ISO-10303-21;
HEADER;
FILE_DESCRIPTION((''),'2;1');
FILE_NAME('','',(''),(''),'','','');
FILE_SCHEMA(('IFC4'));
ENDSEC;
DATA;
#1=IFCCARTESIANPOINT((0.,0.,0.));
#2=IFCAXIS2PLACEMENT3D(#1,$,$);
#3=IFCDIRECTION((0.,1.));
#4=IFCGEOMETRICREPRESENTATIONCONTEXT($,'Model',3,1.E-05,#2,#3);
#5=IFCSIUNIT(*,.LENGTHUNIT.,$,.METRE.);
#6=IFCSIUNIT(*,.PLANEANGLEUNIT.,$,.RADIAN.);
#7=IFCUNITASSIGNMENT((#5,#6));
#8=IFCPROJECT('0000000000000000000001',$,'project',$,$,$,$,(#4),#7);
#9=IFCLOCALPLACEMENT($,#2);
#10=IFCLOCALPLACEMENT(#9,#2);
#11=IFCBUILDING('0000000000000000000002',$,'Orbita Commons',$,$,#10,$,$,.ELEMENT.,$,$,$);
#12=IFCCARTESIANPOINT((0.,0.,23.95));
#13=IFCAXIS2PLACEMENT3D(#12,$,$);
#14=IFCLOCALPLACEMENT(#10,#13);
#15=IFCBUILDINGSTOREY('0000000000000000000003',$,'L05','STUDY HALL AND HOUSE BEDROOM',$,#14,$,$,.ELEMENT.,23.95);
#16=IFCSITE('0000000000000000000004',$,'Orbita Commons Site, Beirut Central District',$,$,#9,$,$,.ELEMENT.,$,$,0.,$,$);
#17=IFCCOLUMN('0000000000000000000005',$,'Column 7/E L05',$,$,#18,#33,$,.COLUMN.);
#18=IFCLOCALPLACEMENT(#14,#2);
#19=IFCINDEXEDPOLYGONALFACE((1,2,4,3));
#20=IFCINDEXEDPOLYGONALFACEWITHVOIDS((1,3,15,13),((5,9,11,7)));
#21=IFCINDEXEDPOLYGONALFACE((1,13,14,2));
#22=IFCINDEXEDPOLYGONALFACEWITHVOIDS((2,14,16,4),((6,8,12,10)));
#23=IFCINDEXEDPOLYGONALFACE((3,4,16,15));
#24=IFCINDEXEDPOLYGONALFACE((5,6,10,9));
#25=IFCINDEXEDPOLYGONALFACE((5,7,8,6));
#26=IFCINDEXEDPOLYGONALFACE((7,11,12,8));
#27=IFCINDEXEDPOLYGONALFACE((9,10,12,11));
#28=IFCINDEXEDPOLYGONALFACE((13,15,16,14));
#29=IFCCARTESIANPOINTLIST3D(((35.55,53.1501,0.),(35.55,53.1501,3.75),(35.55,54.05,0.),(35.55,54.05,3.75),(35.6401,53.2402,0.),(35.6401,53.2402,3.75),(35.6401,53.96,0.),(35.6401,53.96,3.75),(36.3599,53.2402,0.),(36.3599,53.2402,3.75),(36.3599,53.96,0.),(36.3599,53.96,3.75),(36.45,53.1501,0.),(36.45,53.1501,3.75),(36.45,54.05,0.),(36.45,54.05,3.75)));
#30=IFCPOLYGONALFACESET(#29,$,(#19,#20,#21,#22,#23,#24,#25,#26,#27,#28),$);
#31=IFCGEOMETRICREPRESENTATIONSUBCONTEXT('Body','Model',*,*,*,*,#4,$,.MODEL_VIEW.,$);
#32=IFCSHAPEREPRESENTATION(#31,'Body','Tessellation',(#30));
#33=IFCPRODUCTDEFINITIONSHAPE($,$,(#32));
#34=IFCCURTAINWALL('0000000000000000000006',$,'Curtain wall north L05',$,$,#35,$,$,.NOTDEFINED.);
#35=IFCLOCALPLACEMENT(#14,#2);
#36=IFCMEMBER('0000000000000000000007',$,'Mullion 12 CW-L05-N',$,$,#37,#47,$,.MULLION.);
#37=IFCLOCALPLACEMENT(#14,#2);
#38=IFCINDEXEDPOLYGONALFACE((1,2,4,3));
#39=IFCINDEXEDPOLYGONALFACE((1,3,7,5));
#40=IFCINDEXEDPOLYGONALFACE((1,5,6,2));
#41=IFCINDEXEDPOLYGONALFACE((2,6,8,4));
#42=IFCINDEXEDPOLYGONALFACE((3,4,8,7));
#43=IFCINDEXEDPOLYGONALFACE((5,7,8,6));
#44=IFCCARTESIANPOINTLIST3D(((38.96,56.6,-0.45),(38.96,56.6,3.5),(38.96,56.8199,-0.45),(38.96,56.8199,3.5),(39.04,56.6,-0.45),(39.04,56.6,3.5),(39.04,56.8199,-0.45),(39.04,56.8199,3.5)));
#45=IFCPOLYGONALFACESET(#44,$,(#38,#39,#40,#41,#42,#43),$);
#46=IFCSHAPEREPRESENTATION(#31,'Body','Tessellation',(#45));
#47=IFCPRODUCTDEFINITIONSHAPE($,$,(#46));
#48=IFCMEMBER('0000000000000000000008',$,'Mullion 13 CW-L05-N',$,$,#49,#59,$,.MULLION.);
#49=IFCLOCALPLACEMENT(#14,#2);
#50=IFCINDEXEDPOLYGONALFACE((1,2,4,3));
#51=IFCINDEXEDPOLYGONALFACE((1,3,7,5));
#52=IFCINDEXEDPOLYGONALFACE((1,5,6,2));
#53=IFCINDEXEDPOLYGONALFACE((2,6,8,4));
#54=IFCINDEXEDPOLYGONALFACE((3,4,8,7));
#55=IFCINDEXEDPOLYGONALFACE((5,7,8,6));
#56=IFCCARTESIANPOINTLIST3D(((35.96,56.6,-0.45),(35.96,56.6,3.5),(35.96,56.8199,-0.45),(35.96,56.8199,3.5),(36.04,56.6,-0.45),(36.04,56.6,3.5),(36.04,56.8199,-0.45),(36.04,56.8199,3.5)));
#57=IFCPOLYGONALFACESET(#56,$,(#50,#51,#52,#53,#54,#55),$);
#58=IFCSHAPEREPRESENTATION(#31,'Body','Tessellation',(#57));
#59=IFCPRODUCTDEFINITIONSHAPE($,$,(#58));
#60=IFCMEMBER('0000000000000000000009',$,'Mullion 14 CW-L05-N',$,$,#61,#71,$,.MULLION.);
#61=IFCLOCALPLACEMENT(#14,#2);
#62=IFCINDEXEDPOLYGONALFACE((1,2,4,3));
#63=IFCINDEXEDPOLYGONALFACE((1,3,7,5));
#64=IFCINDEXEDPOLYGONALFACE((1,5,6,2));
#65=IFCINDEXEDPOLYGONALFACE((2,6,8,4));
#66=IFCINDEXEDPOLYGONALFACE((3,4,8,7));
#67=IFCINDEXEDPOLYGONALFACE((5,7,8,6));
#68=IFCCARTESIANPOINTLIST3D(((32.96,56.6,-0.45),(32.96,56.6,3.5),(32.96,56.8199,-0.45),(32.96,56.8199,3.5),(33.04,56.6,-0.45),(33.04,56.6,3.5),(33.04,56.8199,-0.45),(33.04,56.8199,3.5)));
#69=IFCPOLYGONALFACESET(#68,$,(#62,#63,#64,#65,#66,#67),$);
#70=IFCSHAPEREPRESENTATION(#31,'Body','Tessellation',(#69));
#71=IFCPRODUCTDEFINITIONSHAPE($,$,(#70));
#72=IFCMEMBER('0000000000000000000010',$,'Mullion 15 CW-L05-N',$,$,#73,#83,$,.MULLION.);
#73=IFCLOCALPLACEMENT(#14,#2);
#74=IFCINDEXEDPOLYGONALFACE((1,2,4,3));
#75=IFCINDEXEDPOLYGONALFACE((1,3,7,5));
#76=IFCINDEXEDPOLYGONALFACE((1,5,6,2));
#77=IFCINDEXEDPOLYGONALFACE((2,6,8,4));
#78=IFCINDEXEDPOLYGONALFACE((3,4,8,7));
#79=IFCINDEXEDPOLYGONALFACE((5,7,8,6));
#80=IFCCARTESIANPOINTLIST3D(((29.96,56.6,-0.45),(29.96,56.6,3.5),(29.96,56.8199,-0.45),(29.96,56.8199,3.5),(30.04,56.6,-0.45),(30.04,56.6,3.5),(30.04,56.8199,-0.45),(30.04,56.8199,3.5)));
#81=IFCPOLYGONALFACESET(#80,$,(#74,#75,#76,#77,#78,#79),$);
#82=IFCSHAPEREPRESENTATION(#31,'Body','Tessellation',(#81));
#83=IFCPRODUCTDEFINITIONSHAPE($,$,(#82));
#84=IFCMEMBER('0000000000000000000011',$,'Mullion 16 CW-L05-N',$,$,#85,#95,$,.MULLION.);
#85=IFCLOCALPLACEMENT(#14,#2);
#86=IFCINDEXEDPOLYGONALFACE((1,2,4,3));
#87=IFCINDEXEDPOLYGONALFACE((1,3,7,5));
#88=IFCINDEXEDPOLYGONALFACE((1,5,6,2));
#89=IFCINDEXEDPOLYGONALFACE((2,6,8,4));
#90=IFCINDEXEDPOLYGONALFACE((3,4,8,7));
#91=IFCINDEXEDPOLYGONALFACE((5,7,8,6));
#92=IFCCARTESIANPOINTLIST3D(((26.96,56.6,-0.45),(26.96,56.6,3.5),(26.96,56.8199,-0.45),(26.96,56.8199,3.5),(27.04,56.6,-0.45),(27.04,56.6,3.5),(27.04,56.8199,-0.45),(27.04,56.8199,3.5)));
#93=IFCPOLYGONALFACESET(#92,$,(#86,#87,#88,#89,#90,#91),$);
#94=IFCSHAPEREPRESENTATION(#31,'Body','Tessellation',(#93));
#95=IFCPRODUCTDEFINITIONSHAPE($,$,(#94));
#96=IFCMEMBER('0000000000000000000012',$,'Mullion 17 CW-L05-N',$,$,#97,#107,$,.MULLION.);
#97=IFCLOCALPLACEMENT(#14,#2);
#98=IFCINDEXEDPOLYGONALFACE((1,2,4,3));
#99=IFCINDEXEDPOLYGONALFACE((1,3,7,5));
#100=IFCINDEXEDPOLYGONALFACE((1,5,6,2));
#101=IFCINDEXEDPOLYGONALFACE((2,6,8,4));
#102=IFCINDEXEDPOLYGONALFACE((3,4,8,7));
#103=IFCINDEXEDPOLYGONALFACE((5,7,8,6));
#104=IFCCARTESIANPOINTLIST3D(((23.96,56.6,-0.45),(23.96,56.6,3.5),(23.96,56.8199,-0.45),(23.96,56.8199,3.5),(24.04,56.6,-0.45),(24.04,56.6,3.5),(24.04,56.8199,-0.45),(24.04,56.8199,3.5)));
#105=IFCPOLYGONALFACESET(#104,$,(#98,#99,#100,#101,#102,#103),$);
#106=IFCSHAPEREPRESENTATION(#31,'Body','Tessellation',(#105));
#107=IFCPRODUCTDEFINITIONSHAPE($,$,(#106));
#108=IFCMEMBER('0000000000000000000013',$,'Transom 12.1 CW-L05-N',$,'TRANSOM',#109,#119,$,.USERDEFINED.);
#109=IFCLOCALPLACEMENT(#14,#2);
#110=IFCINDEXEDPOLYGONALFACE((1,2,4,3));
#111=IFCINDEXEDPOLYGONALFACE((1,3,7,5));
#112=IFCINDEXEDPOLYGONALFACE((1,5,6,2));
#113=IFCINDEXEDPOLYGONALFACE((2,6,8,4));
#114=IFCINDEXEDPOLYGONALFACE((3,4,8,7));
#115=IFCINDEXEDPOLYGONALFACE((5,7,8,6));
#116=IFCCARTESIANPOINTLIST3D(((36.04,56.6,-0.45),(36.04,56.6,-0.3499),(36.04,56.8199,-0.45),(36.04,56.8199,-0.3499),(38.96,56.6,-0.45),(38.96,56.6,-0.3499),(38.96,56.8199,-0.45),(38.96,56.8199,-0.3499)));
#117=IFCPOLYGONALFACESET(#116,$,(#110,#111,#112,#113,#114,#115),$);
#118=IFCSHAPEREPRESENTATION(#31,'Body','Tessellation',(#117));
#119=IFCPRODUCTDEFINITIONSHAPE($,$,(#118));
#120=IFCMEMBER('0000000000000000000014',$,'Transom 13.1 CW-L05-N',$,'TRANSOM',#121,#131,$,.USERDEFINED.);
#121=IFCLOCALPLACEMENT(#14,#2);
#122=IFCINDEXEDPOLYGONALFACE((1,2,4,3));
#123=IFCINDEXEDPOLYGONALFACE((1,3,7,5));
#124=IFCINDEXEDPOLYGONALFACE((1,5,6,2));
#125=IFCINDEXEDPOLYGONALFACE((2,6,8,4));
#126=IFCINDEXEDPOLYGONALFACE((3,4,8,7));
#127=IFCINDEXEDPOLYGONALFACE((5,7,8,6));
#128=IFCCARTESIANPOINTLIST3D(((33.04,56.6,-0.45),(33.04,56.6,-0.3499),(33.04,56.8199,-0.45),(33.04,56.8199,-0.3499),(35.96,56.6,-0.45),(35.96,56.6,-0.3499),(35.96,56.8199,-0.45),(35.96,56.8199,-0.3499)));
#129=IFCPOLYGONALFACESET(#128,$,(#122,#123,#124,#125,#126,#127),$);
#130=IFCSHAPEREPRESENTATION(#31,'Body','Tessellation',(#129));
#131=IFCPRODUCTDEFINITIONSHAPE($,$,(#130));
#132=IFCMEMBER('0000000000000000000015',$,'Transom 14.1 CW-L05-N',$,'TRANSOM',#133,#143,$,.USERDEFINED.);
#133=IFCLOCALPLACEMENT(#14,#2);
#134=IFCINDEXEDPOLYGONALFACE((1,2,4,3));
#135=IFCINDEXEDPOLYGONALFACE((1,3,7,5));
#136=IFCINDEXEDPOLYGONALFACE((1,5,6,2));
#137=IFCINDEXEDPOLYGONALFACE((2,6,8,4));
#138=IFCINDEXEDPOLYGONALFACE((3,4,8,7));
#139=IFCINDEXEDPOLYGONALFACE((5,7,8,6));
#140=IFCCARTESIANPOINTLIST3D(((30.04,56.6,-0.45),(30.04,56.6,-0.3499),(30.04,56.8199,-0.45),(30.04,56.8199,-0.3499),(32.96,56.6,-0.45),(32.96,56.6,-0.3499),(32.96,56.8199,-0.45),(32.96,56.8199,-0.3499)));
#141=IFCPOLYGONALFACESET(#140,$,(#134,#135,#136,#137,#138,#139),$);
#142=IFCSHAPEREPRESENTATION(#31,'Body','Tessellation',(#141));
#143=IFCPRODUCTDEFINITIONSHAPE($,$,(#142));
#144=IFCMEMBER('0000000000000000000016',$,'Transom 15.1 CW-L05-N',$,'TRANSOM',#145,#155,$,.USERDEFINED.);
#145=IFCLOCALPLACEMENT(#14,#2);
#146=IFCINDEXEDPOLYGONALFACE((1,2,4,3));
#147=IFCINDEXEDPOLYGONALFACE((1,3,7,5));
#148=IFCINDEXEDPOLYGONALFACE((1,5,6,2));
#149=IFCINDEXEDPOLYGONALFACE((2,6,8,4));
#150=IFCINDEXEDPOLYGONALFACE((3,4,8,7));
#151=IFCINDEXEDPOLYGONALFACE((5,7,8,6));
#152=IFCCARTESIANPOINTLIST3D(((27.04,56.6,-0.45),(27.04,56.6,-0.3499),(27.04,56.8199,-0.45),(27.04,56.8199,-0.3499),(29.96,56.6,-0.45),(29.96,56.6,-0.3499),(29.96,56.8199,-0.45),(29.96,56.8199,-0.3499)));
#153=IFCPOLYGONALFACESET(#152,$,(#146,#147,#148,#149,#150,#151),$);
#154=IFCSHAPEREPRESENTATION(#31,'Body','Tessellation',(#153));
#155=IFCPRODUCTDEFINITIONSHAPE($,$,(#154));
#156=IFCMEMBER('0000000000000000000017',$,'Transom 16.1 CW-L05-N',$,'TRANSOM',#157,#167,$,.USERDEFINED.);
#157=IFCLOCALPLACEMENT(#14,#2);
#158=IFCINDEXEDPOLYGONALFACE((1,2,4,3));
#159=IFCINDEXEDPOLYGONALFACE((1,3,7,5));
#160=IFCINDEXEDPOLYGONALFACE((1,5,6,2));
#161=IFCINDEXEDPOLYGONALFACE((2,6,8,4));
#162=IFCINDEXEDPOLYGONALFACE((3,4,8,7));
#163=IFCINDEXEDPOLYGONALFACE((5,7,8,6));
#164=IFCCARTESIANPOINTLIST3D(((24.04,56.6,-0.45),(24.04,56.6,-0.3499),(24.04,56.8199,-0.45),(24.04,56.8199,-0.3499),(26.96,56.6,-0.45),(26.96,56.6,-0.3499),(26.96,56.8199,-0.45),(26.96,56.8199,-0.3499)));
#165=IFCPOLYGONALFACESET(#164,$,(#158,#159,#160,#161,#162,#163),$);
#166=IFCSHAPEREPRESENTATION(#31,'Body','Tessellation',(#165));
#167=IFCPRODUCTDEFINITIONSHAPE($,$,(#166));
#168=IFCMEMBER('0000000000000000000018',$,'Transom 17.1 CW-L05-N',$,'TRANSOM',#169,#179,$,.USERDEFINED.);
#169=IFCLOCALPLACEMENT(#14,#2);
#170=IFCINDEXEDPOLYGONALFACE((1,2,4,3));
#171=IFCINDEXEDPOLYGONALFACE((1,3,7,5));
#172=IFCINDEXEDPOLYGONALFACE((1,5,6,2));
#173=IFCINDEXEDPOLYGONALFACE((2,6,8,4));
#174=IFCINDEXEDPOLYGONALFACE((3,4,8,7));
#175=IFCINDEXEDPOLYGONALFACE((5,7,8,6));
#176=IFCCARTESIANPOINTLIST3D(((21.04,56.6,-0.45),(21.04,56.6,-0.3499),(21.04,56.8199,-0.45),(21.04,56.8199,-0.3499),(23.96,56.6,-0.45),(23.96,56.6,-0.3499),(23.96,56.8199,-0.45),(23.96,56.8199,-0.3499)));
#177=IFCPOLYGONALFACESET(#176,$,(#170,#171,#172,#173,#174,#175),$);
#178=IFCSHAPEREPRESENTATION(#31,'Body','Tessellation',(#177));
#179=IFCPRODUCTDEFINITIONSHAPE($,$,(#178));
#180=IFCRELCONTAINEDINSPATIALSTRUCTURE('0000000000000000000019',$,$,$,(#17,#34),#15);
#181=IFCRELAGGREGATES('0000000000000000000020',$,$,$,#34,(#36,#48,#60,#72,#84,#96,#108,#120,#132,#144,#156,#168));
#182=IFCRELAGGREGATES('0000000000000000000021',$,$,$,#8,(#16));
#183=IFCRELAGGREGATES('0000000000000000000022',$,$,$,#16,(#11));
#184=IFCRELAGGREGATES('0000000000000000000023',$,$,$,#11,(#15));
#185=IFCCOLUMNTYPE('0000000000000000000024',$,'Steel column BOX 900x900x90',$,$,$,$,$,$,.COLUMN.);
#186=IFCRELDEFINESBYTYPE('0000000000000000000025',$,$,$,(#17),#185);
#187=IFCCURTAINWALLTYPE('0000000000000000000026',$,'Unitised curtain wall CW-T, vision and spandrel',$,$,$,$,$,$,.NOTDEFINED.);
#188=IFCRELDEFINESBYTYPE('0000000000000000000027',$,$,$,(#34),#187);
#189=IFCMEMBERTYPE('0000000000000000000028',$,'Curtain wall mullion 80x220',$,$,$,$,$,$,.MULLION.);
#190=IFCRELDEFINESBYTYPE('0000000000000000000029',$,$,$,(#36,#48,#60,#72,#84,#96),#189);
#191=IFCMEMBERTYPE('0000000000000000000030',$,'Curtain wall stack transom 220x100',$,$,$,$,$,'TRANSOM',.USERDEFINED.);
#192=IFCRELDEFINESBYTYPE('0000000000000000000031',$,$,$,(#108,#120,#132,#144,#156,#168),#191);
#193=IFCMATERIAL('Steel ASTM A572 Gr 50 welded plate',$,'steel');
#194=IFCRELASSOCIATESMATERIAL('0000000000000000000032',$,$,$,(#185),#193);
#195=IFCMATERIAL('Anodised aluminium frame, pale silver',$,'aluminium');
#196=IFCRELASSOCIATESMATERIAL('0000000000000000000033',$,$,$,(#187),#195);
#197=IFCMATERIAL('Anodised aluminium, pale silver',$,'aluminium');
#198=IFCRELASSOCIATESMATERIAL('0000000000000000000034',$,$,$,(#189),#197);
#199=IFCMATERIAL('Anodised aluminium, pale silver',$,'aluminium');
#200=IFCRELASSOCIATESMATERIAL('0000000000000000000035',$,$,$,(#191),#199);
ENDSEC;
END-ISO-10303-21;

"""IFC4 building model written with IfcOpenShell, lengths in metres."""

from ifc_helpers import new_model, si_unit, direction, frame, origin, origin_2d, place, context, subcontext, project, spatial, rectangle, hollow_rectangle, extrude, material, material_profile, profile_set, type_object, element, aggregate, save


model = new_model("IFC4")

# Units and contexts
model_context = context("Model", 3, precision=1e-05, world=origin(), true_north=direction((0.0, 1.0)))
body_context = subcontext(model_context, "Body", "Model", "MODEL_VIEW")
ifc_project = project(units=[si_unit("LENGTHUNIT", "METRE"), si_unit("PLANEANGLEUNIT", "RADIAN")], contexts=[model_context])

# Site, building, storey
site_placement = place(None, origin())
site = spatial("IfcSite", under=ifc_project, at=site_placement, Name="Orbita Commons Site, Beirut Central District", CompositionType="ELEMENT", RefElevation=0.0)
building_placement = place(site_placement, origin())
building = spatial("IfcBuilding", under=site, at=building_placement, Name="Orbita Commons", CompositionType="ELEMENT")
storey_placement = place(building_placement, frame((0.0, 0.0, 23.95)))
storey = spatial("IfcBuildingStorey", under=building, at=storey_placement, Name="L05", Description="STUDY HALL AND HOUSE BEDROOM", CompositionType="ELEMENT", Elevation=23.95)

# Column
ifc_material_1 = material(Name="Steel ASTM A572 Gr 50 welded plate", Category="steel")
ifc_material_profile_1 = material_profile(ifc_material_1, hollow_rectangle(XDim=0.8999, YDim=0.8999, WallThickness=0.0901, at=origin_2d()), Name="BOX 900x900x90")
ifc_profile_set_1 = profile_set([ifc_material_profile_1], Name="Steel ASTM A572 Gr 50 welded plate")
column_type = type_object("IfcColumnType", Name="Steel column BOX 900x900x90", PredefinedType="COLUMN", material=ifc_profile_set_1)
column_placement = place(storey_placement, frame((36.0, 53.6001, 0.0), z_axis=(0.0, 0.0, 1.0), x_axis=(1.0, 0.0, 0.0)))
element("IfcColumn", 1, at=column_placement, inside=storey, type_object=column_type, Name="Column 7/E L05", PredefinedType="COLUMN", context=body_context, shape_type="SweptSolid", body=[
    extrude(hollow_rectangle(XDim=0.8999, YDim=0.8999, WallThickness=0.0901, at=origin_2d()), origin(), (0.0, 0.0, 1.0), 3.75),
])

# Curtain wall, members
ifc_material_2 = material(Name="Anodised aluminium frame, pale silver", Category="aluminium")
curtain_wall_type = type_object("IfcCurtainWallType", Name="Unitised curtain wall CW-T, vision and spandrel", PredefinedType="NOTDEFINED", material=ifc_material_2)
curtain_wall_placement = place(storey_placement, origin())
curtain_wall = element("IfcCurtainWall", 2, at=curtain_wall_placement, inside=storey, type_object=curtain_wall_type, Name="Curtain wall north L05", PredefinedType="NOTDEFINED")
ifc_material_3 = material(Name="Anodised aluminium, pale silver", Category="aluminium")
ifc_material_profile_2 = material_profile(ifc_material_3, rectangle(XDim=0.0801, YDim=0.22, at=origin_2d()), Name="AL 80x220")
ifc_profile_set_2 = profile_set([ifc_material_profile_2], Name="Anodised aluminium, pale silver")
member_type_1 = type_object("IfcMemberType", Name="Curtain wall mullion 80x220", PredefinedType="MULLION", material=ifc_profile_set_2)
member_1_placement = place(storey_placement, frame((39.0, 56.71, -0.45), z_axis=(0.0, 0.0, 1.0), x_axis=(-1.0, 0.0, 0.0)))
member_1 = element("IfcMember", 3, at=member_1_placement, type_object=member_type_1, Name="Mullion 12 CW-L05-N", PredefinedType="MULLION", context=body_context, shape_type="SweptSolid", body=[
    extrude(rectangle(XDim=0.0801, YDim=0.22, at=origin_2d()), origin(), (0.0, 0.0, 1.0), 3.95),
])
member_2_placement = place(storey_placement, frame((36.0, 56.71, -0.45), z_axis=(0.0, 0.0, 1.0), x_axis=(-1.0, 0.0, 0.0)))
member_2 = element("IfcMember", 4, at=member_2_placement, type_object=member_type_1, Name="Mullion 13 CW-L05-N", PredefinedType="MULLION", context=body_context, shape_type="SweptSolid", body=[
    extrude(rectangle(XDim=0.0801, YDim=0.22, at=origin_2d()), origin(), (0.0, 0.0, 1.0), 3.95),
])
member_3_placement = place(storey_placement, frame((33.0, 56.71, -0.45), z_axis=(0.0, 0.0, 1.0), x_axis=(-1.0, 0.0, 0.0)))
member_3 = element("IfcMember", 5, at=member_3_placement, type_object=member_type_1, Name="Mullion 14 CW-L05-N", PredefinedType="MULLION", context=body_context, shape_type="SweptSolid", body=[
    extrude(rectangle(XDim=0.0801, YDim=0.22, at=origin_2d()), origin(), (0.0, 0.0, 1.0), 3.95),
])
member_4_placement = place(storey_placement, frame((30.0, 56.71, -0.45), z_axis=(0.0, 0.0, 1.0), x_axis=(-1.0, 0.0, 0.0)))
member_4 = element("IfcMember", 6, at=member_4_placement, type_object=member_type_1, Name="Mullion 15 CW-L05-N", PredefinedType="MULLION", context=body_context, shape_type="SweptSolid", body=[
    extrude(rectangle(XDim=0.0801, YDim=0.22, at=origin_2d()), origin(), (0.0, 0.0, 1.0), 3.95),
])
member_5_placement = place(storey_placement, frame((27.0, 56.71, -0.45), z_axis=(0.0, 0.0, 1.0), x_axis=(-1.0, 0.0, 0.0)))
member_5 = element("IfcMember", 7, at=member_5_placement, type_object=member_type_1, Name="Mullion 16 CW-L05-N", PredefinedType="MULLION", context=body_context, shape_type="SweptSolid", body=[
    extrude(rectangle(XDim=0.0801, YDim=0.22, at=origin_2d()), origin(), (0.0, 0.0, 1.0), 3.95),
])
member_6_placement = place(storey_placement, frame((24.0, 56.71, -0.45), z_axis=(0.0, 0.0, 1.0), x_axis=(-1.0, 0.0, 0.0)))
member_6 = element("IfcMember", 8, at=member_6_placement, type_object=member_type_1, Name="Mullion 17 CW-L05-N", PredefinedType="MULLION", context=body_context, shape_type="SweptSolid", body=[
    extrude(rectangle(XDim=0.0801, YDim=0.22, at=origin_2d()), origin(), (0.0, 0.0, 1.0), 3.95),
])
ifc_material_4 = material(Name="Anodised aluminium, pale silver", Category="aluminium")
ifc_material_profile_3 = material_profile(ifc_material_4, rectangle(XDim=0.22, YDim=0.1001, at=origin_2d()), Name="AL 220x100")
ifc_profile_set_3 = profile_set([ifc_material_profile_3], Name="Anodised aluminium, pale silver")
member_type_2 = type_object("IfcMemberType", Name="Curtain wall stack transom 220x100", ElementType="TRANSOM", PredefinedType="USERDEFINED", material=ifc_profile_set_3)
member_7_placement = place(storey_placement, frame((38.96, 56.71, -0.3999), z_axis=(-1.0, 0.0, 0.0), x_axis=(0.0, -1.0, 0.0)))
member_7 = element("IfcMember", 9, at=member_7_placement, type_object=member_type_2, Name="Transom 12.1 CW-L05-N", ObjectType="TRANSOM", PredefinedType="USERDEFINED", context=body_context, shape_type="SweptSolid", body=[
    extrude(rectangle(XDim=0.22, YDim=0.1001, at=origin_2d()), origin(), (0.0, 0.0, 1.0), 2.9199),
])
member_8_placement = place(storey_placement, frame((35.96, 56.71, -0.3999), z_axis=(-1.0, 0.0, 0.0), x_axis=(0.0, -1.0, 0.0)))
member_8 = element("IfcMember", 10, at=member_8_placement, type_object=member_type_2, Name="Transom 13.1 CW-L05-N", ObjectType="TRANSOM", PredefinedType="USERDEFINED", context=body_context, shape_type="SweptSolid", body=[
    extrude(rectangle(XDim=0.22, YDim=0.1001, at=origin_2d()), origin(), (0.0, 0.0, 1.0), 2.9199),
])
member_9_placement = place(storey_placement, frame((32.96, 56.71, -0.3999), z_axis=(-1.0, 0.0, 0.0), x_axis=(0.0, -1.0, 0.0)))
member_9 = element("IfcMember", 11, at=member_9_placement, type_object=member_type_2, Name="Transom 14.1 CW-L05-N", ObjectType="TRANSOM", PredefinedType="USERDEFINED", context=body_context, shape_type="SweptSolid", body=[
    extrude(rectangle(XDim=0.22, YDim=0.1001, at=origin_2d()), origin(), (0.0, 0.0, 1.0), 2.9199),
])
member_10_placement = place(storey_placement, frame((29.96, 56.71, -0.3999), z_axis=(-1.0, 0.0, 0.0), x_axis=(0.0, -1.0, 0.0)))
member_10 = element("IfcMember", 12, at=member_10_placement, type_object=member_type_2, Name="Transom 15.1 CW-L05-N", ObjectType="TRANSOM", PredefinedType="USERDEFINED", context=body_context, shape_type="SweptSolid", body=[
    extrude(rectangle(XDim=0.22, YDim=0.1001, at=origin_2d()), origin(), (0.0, 0.0, 1.0), 2.9199),
])
member_11_placement = place(storey_placement, frame((26.96, 56.71, -0.3999), z_axis=(-1.0, 0.0, 0.0), x_axis=(0.0, -1.0, 0.0)))
member_11 = element("IfcMember", 13, at=member_11_placement, type_object=member_type_2, Name="Transom 16.1 CW-L05-N", ObjectType="TRANSOM", PredefinedType="USERDEFINED", context=body_context, shape_type="SweptSolid", body=[
    extrude(rectangle(XDim=0.22, YDim=0.1001, at=origin_2d()), origin(), (0.0, 0.0, 1.0), 2.9199),
])
member_12_placement = place(storey_placement, frame((23.96, 56.71, -0.3999), z_axis=(-1.0, 0.0, 0.0), x_axis=(0.0, -1.0, 0.0)))
member_12 = element("IfcMember", 14, at=member_12_placement, type_object=member_type_2, Name="Transom 17.1 CW-L05-N", ObjectType="TRANSOM", PredefinedType="USERDEFINED", context=body_context, shape_type="SweptSolid", body=[
    extrude(rectangle(XDim=0.22, YDim=0.1001, at=origin_2d()), origin(), (0.0, 0.0, 1.0), 2.9199),
])

aggregate(curtain_wall, [member_1, member_2, member_3, member_4, member_5, member_6, member_7, member_8, member_9, member_10, member_11, member_12])

save(model, "model.ifc")
